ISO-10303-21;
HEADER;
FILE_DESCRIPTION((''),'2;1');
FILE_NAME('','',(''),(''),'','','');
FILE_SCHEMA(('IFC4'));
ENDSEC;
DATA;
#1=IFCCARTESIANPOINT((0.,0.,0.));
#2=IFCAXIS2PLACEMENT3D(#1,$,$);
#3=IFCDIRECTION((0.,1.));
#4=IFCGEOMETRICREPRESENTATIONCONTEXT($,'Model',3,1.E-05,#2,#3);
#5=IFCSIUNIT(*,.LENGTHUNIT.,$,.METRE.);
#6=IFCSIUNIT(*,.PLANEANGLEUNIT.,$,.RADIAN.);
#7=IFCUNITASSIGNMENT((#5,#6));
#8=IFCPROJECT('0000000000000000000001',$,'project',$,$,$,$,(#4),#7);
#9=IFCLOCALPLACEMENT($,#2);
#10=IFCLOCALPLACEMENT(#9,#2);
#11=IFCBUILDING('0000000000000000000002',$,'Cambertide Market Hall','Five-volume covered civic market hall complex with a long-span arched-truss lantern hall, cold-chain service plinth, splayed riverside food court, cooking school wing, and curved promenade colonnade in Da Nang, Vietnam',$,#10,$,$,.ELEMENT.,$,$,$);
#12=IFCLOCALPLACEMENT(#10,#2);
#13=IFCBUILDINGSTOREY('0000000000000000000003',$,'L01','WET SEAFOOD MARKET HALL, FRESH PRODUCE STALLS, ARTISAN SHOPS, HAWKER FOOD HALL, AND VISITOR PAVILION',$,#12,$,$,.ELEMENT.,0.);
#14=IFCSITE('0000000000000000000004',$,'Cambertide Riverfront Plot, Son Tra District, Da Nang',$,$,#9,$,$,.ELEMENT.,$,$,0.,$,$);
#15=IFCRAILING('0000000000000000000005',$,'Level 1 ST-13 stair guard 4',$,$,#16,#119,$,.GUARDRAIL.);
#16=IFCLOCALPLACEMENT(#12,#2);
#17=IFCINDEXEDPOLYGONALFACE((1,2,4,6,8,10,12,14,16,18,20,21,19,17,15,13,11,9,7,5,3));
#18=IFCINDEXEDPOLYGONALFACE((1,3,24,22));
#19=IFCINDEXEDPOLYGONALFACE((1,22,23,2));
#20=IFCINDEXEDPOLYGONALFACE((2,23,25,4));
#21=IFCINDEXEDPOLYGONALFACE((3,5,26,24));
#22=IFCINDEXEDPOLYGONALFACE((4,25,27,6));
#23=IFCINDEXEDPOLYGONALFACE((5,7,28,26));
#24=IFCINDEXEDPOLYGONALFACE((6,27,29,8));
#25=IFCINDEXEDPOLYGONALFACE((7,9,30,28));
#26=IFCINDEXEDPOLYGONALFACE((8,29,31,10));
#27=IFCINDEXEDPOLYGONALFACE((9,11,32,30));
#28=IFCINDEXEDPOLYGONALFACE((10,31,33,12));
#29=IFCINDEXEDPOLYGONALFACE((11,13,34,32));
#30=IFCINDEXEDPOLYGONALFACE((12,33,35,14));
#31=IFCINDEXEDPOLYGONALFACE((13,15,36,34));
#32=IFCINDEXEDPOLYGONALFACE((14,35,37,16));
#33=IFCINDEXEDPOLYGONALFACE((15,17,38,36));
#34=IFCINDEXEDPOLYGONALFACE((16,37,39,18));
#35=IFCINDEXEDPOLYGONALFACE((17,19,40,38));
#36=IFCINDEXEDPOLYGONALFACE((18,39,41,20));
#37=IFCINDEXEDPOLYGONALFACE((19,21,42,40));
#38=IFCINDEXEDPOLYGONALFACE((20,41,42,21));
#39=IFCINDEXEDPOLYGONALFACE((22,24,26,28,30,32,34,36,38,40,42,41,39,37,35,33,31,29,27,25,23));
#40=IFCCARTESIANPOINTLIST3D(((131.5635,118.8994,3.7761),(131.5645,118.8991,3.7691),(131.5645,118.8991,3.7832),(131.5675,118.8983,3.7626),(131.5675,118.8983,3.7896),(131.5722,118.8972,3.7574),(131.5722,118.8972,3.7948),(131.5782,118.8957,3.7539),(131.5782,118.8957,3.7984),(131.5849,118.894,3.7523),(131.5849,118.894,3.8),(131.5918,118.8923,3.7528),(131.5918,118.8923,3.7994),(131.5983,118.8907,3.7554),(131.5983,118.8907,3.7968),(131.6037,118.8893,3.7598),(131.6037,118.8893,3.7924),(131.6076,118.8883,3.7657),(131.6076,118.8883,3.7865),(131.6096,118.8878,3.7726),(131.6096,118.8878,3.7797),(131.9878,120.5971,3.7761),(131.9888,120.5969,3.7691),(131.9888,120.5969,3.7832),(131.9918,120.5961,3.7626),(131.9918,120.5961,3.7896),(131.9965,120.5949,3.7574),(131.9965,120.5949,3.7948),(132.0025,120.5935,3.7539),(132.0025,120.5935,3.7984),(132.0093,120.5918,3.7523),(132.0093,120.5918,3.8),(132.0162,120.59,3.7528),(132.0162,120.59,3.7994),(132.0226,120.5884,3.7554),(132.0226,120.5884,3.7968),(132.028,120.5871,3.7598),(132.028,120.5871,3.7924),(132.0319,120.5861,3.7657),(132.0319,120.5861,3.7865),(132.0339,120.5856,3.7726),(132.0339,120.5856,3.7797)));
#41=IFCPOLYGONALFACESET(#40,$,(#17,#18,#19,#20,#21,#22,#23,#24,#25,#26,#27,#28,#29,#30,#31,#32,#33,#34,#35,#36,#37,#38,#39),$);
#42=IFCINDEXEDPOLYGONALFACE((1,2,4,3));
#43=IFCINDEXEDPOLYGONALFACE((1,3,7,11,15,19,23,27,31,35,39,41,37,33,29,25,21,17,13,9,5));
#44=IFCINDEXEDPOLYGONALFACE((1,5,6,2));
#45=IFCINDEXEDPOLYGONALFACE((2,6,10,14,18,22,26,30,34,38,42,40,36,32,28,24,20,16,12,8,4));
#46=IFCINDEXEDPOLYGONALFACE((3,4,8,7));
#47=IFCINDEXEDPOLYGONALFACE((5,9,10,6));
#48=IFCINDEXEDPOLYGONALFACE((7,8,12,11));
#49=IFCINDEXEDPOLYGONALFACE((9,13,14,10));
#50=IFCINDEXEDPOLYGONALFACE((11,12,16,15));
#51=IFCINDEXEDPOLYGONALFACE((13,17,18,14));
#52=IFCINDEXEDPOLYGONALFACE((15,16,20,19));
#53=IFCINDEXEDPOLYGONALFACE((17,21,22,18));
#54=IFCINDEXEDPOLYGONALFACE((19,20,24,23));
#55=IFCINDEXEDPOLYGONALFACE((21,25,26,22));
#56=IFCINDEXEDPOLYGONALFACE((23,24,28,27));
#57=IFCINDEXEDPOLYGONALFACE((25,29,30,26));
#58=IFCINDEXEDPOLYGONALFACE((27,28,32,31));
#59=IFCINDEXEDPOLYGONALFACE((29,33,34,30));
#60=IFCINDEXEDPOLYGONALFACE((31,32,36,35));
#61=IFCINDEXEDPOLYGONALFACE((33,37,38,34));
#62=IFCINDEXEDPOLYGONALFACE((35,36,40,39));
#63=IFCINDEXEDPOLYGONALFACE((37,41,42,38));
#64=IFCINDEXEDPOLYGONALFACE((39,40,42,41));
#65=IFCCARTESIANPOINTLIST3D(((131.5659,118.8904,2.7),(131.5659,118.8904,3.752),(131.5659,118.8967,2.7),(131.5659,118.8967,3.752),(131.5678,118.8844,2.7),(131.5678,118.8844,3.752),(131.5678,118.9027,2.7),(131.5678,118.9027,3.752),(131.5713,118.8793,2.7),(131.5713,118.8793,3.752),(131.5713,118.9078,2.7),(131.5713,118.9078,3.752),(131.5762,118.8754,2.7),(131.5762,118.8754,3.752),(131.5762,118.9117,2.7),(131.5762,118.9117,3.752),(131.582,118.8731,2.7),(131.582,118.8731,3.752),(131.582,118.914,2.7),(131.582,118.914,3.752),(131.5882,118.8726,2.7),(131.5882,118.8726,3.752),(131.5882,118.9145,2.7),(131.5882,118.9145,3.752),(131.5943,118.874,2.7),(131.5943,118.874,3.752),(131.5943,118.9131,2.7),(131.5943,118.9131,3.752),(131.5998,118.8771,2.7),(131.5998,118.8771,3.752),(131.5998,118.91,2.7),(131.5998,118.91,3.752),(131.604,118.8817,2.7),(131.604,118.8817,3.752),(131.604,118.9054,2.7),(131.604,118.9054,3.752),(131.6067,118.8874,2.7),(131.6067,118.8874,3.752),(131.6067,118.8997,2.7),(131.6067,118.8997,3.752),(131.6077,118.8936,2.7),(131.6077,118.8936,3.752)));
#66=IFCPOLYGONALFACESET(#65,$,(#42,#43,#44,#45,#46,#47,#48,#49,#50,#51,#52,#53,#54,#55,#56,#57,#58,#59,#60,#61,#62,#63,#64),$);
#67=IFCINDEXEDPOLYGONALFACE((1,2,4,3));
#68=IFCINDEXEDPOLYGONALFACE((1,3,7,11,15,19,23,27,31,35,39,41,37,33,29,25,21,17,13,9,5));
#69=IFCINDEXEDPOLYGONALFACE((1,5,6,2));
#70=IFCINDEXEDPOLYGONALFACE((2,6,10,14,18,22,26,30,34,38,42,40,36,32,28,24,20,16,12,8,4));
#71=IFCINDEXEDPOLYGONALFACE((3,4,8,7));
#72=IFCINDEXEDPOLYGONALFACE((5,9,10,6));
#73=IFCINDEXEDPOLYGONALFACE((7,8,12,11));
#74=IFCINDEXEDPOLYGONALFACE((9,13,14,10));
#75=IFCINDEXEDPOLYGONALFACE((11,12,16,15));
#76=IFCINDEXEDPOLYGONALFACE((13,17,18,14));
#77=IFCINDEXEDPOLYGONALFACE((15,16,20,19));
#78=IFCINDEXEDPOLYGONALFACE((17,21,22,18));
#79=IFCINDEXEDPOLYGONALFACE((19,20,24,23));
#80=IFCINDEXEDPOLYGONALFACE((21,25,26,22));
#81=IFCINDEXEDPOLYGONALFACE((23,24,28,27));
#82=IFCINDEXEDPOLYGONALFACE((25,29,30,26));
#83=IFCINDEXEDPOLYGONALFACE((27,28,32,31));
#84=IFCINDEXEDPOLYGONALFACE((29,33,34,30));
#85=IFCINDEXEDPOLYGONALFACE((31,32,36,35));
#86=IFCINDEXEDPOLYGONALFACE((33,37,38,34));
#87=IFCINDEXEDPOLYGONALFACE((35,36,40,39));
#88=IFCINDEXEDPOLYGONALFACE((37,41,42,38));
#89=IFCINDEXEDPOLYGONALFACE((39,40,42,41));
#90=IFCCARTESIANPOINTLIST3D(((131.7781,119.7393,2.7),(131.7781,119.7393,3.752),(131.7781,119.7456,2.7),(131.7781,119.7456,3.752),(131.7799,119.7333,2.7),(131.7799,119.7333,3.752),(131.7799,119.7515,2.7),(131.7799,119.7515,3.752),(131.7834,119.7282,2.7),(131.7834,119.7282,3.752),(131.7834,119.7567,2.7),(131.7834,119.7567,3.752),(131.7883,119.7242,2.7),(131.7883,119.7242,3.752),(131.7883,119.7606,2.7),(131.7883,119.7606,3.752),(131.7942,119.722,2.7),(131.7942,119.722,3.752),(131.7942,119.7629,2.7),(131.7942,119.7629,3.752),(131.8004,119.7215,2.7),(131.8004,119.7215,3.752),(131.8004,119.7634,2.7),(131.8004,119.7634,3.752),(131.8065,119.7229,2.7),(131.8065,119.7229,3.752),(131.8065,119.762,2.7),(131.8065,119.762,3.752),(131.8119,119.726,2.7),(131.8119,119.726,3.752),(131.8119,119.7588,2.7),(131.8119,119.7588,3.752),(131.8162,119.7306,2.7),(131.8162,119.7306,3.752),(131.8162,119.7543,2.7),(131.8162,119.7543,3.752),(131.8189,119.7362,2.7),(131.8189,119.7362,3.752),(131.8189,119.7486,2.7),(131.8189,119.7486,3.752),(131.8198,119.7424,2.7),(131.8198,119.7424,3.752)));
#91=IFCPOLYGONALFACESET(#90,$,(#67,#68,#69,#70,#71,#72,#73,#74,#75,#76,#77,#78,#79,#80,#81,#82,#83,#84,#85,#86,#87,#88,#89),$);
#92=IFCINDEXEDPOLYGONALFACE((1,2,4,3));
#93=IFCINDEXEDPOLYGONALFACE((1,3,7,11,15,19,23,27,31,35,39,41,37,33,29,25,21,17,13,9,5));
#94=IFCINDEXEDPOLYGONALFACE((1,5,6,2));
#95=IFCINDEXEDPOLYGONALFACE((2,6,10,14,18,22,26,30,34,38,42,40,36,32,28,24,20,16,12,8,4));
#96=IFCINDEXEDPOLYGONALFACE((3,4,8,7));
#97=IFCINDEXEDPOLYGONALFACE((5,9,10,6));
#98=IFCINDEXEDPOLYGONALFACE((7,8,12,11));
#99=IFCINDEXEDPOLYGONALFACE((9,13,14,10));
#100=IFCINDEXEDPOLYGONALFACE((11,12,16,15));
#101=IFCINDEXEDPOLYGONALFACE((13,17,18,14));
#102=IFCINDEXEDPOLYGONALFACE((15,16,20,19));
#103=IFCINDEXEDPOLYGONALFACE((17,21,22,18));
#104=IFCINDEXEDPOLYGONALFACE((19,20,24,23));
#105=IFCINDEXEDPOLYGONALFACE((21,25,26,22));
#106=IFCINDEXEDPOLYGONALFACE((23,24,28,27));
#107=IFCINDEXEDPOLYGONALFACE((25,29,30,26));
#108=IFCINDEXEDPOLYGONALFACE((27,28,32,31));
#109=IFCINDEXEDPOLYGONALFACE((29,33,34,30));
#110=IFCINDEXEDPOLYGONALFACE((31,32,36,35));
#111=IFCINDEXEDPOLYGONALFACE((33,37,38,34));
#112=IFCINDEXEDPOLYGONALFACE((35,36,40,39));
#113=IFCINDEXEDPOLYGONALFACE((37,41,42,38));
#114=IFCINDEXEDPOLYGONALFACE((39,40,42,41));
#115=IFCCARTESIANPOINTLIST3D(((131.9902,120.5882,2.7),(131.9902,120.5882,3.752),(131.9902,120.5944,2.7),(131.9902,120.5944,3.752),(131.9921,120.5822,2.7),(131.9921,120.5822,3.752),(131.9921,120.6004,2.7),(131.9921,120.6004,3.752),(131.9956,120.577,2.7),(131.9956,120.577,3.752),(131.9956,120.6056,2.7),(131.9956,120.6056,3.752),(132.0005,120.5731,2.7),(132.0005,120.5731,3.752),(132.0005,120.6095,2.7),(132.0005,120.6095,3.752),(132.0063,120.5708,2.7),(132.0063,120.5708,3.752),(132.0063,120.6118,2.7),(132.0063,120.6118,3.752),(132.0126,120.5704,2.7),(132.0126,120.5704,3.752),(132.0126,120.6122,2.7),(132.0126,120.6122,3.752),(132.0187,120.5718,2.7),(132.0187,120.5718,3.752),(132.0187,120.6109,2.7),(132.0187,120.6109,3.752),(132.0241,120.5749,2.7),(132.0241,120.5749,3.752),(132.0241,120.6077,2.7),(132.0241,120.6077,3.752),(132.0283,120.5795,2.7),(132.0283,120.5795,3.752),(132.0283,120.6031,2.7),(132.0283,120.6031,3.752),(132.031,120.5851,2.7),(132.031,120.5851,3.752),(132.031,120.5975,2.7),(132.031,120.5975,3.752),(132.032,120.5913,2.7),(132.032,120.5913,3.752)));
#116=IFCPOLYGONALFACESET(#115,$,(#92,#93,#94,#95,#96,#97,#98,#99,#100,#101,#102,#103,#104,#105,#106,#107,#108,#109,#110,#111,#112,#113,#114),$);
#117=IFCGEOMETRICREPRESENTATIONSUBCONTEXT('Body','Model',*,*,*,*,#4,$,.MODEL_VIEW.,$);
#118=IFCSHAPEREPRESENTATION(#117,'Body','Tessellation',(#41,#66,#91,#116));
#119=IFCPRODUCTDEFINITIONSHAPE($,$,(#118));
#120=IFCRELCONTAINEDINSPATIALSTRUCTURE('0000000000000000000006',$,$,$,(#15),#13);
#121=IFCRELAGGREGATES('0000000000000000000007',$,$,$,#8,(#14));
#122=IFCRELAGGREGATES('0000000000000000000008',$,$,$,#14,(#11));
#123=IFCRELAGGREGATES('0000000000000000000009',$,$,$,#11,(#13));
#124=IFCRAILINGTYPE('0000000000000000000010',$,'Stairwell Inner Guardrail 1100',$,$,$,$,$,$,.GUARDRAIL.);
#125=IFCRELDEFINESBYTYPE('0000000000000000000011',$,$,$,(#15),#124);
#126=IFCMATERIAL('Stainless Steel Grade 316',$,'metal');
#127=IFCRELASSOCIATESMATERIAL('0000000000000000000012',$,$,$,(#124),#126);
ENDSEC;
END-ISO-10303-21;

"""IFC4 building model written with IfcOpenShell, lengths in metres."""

from ifc_helpers import new_model, si_unit, direction, frame, origin, origin_2d, place, context, subcontext, project, spatial, circle, extrude, material, type_object, element, save


model = new_model("IFC4")

# Units and contexts
model_context = context("Model", 3, precision=1e-05, world=origin(), true_north=direction((0.0, 1.0)))
body_context = subcontext(model_context, "Body", "Model", "MODEL_VIEW")
ifc_project = project(units=[si_unit("LENGTHUNIT", "METRE"), si_unit("PLANEANGLEUNIT", "RADIAN")], contexts=[model_context])

# Site, building, storey
site_placement = place(None, origin())
site = spatial("IfcSite", under=ifc_project, at=site_placement, Name="Cambertide Riverfront Plot, Son Tra District, Da Nang", CompositionType="ELEMENT", RefElevation=0.0)
building_placement = place(site_placement, origin())
building = spatial("IfcBuilding", under=site, at=building_placement, Name="Cambertide Market Hall", Description="Five-volume covered civic market hall complex with a long-span arched-truss lantern hall, cold-chain service plinth, splayed riverside food court, cooking school wing, and curved promenade colonnade in Da Nang, Vietnam", CompositionType="ELEMENT")
storey_placement = place(building_placement, origin())
storey = spatial("IfcBuildingStorey", under=building, at=storey_placement, Name="L01", Description="WET SEAFOOD MARKET HALL, FRESH PRODUCE STALLS, ARTISAN SHOPS, HAWKER FOOD HALL, AND VISITOR PAVILION", CompositionType="ELEMENT", Elevation=0.0)

# Railing
ifc_material_1 = material(Name="Stainless Steel Grade 316", Category="metal")
railing_type_1 = type_object("IfcRailingType", Name="Stairwell Inner Guardrail 1100", PredefinedType="GUARDRAIL", material=ifc_material_1)
railing_1_placement = place(storey_placement, frame((131.5867, 118.8936, 2.7)))
element("IfcRailing", 1, at=railing_1_placement, inside=storey, type_object=railing_type_1, Name="Level 1 ST-13 stair guard 4", PredefinedType="GUARDRAIL", context=body_context, shape_type="SweptSolid", body=[
    extrude(circle(Radius=0.0239, at=origin_2d()), frame((0.0, 0.0, 1.0762), z_axis=(0.24247, 0.970159, 0.0), x_axis=(-0.970159, 0.24247, 0.0)), (0.0, 0.0, 1.0), 1.75),
    extrude(circle(Radius=0.021, at=origin_2d()), origin(), (0.0, 0.0, 1.0), 1.052),
    extrude(circle(Radius=0.021, at=origin_2d()), frame((0.2122, 0.8489, 0.0)), (0.0, 0.0, 1.0), 1.052),
    extrude(circle(Radius=0.021, at=origin_2d()), frame((0.4243, 1.6978, 0.0)), (0.0, 0.0, 1.0), 1.052),
])

save(model, "model.ifc")
